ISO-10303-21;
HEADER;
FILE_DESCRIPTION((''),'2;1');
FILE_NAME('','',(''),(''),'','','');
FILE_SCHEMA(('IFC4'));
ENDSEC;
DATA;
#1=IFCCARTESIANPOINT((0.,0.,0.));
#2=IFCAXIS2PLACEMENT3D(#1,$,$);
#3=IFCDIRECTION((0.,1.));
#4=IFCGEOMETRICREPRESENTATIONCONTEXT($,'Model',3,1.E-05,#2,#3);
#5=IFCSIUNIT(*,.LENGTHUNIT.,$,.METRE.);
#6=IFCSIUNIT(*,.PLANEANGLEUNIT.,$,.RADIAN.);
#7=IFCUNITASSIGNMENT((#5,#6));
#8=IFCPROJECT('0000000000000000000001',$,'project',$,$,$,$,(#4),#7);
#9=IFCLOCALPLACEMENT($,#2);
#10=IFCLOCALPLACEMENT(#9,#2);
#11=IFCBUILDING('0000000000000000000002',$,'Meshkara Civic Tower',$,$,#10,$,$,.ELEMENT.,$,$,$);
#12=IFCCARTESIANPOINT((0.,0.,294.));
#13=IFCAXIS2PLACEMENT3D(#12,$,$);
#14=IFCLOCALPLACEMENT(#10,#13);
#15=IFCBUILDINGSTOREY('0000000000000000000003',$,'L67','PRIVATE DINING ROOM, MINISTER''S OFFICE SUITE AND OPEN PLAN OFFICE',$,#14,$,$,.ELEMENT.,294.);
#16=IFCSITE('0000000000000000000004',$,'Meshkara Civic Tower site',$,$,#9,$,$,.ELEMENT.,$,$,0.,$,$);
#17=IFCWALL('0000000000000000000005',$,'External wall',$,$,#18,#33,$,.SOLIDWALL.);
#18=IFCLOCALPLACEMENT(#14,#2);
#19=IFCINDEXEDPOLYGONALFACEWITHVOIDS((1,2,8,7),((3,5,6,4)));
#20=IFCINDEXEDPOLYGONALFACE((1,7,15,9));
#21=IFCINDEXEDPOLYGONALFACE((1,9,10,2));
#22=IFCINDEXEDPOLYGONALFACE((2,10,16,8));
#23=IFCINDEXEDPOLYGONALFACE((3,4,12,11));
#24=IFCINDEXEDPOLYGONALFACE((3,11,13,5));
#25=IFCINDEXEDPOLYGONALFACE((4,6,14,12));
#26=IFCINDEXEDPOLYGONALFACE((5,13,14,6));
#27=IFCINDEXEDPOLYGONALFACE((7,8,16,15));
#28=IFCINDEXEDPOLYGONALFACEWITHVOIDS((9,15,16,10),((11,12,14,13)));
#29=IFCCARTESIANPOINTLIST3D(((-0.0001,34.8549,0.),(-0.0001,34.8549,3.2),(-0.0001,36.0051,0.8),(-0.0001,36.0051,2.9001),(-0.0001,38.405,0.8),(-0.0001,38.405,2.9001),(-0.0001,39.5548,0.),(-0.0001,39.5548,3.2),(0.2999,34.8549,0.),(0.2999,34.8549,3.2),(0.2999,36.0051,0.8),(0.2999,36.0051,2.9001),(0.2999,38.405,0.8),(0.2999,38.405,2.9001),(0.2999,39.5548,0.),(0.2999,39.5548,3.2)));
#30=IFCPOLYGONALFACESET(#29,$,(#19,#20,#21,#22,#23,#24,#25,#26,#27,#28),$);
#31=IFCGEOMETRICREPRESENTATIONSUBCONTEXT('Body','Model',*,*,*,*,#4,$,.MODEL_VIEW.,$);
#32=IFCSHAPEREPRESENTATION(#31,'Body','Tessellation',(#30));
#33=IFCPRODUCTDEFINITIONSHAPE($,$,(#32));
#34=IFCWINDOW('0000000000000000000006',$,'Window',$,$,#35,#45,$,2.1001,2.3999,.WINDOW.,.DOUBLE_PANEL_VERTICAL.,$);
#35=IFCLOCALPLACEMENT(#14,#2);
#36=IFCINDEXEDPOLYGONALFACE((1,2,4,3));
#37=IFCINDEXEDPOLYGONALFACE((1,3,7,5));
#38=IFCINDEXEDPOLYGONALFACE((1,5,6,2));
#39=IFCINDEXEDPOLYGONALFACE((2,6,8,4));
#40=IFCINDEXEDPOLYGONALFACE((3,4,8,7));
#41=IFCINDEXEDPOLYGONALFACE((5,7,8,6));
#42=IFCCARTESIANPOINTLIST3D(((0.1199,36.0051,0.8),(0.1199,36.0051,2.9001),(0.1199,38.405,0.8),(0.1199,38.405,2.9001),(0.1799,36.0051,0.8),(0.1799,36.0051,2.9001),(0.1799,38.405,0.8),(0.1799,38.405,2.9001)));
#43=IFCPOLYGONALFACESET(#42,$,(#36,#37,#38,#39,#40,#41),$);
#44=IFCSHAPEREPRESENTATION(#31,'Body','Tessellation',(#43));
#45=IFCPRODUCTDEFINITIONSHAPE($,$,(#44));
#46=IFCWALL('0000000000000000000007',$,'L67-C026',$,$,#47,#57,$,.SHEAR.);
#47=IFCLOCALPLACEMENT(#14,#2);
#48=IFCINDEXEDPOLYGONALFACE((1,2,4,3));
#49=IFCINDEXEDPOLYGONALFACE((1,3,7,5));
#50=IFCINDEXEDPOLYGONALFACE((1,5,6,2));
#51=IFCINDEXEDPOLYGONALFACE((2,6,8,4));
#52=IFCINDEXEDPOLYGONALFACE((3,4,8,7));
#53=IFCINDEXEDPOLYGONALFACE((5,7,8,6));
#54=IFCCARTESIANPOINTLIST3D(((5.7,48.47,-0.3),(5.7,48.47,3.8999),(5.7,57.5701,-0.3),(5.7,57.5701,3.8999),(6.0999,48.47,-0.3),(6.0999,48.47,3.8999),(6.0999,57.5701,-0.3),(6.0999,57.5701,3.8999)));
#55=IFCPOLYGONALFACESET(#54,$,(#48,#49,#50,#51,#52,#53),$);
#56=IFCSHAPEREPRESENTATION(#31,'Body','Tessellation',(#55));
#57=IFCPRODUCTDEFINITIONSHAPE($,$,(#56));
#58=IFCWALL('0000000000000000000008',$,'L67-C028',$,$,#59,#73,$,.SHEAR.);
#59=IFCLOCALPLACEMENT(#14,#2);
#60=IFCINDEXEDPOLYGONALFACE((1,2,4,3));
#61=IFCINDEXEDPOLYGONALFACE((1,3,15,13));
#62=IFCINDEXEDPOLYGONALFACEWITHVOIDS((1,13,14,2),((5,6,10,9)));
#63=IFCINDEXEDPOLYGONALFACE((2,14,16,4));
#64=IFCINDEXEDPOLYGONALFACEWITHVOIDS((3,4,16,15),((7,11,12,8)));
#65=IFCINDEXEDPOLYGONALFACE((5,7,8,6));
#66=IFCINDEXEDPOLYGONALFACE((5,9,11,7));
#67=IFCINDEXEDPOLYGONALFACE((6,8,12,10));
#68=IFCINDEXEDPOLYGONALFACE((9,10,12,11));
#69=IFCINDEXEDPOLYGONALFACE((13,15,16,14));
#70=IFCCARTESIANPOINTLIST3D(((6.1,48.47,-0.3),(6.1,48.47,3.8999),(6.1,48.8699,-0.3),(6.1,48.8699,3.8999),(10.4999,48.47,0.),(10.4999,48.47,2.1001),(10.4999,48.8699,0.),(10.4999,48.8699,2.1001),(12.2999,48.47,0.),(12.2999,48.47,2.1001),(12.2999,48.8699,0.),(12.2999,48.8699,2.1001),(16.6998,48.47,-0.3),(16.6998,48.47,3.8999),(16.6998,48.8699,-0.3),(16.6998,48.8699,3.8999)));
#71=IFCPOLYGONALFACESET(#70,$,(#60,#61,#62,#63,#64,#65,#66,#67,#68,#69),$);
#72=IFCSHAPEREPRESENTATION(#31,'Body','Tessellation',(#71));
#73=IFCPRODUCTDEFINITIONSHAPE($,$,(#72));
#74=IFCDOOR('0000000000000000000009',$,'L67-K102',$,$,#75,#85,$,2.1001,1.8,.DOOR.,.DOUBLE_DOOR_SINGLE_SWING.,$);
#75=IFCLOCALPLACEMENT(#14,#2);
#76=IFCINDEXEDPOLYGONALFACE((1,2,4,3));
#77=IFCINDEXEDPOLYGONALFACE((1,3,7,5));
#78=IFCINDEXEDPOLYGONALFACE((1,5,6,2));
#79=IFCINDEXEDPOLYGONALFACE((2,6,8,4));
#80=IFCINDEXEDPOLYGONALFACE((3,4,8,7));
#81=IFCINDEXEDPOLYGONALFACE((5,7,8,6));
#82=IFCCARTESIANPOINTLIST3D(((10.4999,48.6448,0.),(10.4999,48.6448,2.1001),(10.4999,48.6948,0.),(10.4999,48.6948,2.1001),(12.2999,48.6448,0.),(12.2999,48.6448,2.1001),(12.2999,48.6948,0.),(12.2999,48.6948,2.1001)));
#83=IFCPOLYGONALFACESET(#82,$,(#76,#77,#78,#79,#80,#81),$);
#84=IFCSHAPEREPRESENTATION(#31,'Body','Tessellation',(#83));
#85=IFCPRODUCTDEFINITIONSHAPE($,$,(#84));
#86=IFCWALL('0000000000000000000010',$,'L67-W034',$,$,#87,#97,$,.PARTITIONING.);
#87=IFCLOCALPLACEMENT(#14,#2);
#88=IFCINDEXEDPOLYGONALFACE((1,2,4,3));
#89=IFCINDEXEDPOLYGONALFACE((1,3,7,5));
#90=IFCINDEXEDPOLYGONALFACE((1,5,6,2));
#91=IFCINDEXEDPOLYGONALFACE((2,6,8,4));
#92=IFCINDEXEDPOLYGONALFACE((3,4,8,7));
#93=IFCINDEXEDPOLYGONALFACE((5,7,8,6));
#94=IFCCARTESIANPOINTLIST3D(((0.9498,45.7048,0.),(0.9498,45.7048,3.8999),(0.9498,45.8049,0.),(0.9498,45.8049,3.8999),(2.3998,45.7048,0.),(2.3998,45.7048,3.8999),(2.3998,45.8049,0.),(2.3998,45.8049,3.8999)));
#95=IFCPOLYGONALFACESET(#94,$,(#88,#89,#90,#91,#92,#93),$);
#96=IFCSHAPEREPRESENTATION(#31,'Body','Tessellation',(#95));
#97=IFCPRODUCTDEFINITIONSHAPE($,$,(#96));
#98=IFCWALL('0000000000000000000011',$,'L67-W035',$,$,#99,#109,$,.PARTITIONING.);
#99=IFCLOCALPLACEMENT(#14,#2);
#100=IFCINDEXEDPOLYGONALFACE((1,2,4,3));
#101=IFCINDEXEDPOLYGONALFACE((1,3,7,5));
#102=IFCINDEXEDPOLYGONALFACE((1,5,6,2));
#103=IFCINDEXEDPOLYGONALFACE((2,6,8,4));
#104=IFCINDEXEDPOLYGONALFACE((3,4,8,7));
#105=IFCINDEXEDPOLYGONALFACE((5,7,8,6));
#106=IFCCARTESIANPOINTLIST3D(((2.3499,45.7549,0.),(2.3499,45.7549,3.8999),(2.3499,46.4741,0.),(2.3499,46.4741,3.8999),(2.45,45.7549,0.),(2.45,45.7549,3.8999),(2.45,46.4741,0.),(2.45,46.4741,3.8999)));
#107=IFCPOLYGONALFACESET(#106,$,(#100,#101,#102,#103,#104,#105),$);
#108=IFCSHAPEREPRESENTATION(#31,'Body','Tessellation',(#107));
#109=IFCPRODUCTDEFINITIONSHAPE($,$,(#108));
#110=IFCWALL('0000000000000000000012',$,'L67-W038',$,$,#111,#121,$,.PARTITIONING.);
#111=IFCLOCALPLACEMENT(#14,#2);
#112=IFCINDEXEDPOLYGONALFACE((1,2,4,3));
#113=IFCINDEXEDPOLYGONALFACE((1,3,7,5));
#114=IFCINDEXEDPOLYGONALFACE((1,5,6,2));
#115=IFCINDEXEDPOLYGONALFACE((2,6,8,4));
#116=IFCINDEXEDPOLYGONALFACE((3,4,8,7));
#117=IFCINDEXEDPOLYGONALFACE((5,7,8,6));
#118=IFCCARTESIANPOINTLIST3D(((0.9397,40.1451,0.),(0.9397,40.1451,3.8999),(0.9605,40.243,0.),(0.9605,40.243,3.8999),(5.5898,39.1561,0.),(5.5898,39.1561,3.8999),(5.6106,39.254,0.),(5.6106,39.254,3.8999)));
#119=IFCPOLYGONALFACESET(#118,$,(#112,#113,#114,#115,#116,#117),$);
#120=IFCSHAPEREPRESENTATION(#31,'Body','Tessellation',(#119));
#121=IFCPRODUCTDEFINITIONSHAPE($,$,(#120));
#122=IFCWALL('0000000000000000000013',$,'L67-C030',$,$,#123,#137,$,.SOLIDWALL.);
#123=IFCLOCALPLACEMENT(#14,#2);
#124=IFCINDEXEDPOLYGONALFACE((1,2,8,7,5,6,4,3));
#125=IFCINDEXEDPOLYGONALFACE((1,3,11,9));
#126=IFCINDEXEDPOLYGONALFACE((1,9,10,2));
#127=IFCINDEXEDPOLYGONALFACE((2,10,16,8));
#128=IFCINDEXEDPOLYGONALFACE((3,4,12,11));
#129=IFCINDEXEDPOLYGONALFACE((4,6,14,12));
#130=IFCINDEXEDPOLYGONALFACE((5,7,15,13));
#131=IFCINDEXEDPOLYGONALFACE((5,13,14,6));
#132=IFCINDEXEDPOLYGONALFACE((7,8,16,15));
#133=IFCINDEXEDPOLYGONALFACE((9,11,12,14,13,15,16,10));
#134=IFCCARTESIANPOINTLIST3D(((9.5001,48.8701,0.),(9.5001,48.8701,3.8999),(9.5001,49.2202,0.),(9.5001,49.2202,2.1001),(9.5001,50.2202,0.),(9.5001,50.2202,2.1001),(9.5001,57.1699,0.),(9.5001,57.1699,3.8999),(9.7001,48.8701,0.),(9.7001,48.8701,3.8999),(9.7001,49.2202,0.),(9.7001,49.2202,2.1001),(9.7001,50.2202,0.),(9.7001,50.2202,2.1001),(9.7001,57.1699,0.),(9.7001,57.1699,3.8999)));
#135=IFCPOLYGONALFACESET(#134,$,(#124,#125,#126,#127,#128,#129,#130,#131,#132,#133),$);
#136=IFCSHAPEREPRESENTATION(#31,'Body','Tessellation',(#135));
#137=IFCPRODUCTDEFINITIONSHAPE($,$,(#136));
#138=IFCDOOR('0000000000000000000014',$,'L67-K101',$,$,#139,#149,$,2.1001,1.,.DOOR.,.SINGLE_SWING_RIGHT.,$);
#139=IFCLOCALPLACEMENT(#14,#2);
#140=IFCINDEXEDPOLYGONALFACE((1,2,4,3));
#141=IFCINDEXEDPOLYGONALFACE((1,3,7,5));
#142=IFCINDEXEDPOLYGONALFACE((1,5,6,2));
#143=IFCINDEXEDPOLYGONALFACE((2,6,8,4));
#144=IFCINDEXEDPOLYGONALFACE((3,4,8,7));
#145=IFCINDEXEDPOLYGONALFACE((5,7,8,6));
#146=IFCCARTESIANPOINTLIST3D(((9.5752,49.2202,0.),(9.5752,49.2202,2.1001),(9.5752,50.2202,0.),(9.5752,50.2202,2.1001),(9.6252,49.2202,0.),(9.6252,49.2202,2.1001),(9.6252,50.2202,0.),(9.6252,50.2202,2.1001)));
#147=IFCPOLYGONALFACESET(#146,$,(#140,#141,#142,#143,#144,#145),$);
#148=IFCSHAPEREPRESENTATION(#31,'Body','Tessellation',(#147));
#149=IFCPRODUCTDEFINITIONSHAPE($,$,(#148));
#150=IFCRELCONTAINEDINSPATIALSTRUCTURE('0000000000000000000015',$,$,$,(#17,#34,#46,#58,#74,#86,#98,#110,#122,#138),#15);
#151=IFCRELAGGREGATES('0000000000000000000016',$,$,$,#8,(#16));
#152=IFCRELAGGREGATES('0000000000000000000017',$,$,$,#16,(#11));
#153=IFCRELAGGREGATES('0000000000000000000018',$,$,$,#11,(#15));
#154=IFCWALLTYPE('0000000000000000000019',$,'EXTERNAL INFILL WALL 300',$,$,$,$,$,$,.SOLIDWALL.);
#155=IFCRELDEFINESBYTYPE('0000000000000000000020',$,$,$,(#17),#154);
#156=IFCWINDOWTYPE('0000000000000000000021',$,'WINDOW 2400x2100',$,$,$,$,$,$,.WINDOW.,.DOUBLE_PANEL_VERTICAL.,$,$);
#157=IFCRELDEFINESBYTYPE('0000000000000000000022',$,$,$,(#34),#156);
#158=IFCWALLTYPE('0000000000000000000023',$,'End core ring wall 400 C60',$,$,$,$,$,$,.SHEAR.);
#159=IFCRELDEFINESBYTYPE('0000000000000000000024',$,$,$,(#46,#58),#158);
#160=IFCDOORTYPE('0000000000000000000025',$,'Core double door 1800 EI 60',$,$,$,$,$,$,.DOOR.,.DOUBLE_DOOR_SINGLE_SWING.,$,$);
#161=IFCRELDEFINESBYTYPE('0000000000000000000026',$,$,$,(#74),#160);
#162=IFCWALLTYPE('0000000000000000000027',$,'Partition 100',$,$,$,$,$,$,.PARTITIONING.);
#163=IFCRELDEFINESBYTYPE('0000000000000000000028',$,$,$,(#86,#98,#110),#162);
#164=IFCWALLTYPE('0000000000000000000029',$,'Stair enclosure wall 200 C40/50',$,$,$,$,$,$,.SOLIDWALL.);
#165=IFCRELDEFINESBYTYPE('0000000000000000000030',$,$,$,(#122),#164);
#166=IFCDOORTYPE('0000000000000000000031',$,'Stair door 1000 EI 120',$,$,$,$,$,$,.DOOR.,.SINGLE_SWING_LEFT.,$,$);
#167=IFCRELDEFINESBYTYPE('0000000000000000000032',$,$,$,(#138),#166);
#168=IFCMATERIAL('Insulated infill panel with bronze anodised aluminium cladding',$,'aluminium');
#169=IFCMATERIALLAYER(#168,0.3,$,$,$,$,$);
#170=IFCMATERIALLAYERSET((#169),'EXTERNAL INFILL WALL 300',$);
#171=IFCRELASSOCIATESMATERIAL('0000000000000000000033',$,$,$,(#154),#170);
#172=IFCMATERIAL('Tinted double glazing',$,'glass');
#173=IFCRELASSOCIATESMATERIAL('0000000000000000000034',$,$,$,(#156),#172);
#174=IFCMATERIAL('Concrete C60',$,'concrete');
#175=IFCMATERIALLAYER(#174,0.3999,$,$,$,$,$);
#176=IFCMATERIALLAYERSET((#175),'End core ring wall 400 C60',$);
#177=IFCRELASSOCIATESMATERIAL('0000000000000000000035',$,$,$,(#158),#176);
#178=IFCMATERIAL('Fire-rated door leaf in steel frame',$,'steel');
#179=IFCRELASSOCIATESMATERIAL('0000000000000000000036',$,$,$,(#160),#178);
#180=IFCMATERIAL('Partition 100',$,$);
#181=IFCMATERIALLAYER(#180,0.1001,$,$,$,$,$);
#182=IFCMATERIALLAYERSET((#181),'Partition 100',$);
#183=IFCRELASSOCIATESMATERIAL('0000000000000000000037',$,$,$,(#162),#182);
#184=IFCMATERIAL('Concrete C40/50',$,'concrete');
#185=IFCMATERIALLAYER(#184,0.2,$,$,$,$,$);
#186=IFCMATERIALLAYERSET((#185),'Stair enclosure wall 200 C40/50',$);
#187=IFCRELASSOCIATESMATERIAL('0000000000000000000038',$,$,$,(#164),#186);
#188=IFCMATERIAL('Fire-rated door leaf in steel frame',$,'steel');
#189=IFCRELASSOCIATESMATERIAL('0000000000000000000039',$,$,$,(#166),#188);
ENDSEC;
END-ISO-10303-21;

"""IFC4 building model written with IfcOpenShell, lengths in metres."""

from ifc_helpers import new_model, si_unit, direction, frame, frame_2d, origin, place, context, subcontext, project, spatial, rectangle, extrude, material, layer, layer_set, type_object, element, fill, save


model = new_model("IFC4")

# Units and contexts
model_context = context("Model", 3, precision=1e-05, world=origin(), true_north=direction((0.0, 1.0)))
body_context = subcontext(model_context, "Body", "Model", "MODEL_VIEW")
ifc_project = project(units=[si_unit("LENGTHUNIT", "METRE"), si_unit("PLANEANGLEUNIT", "RADIAN")], contexts=[model_context])

# Site, building, storey
site_placement = place(None, origin())
site = spatial("IfcSite", under=ifc_project, at=site_placement, Name="Meshkara Civic Tower site", CompositionType="ELEMENT", RefElevation=0.0)
building_placement = place(site_placement, origin())
building = spatial("IfcBuilding", under=site, at=building_placement, Name="Meshkara Civic Tower", CompositionType="ELEMENT")
storey_placement = place(building_placement, frame((0.0, 0.0, 294.0)))
storey = spatial("IfcBuildingStorey", under=building, at=storey_placement, Name="L67", Description="PRIVATE DINING ROOM, MINISTER'S OFFICE SUITE AND OPEN PLAN OFFICE", CompositionType="ELEMENT", Elevation=294.0)

# Wall, opening, window
ifc_material_1 = material(Name="Insulated infill panel with bronze anodised aluminium cladding", Category="aluminium")
ifc_layer_1 = layer(ifc_material_1, 0.3)
ifc_layer_set_1 = layer_set([ifc_layer_1], Name="EXTERNAL INFILL WALL 300")
wall_type_1 = type_object("IfcWallType", Name="EXTERNAL INFILL WALL 300", PredefinedType="SOLIDWALL", material=ifc_layer_set_1)
ifc_material_2 = material(Name="Tinted double glazing", Category="glass")
window_type = type_object("IfcWindowType", Name="WINDOW 2400x2100", PartitioningType="DOUBLE_PANEL_VERTICAL", PredefinedType="WINDOW", material=ifc_material_2)
wall_1_placement = place(storey_placement, frame((0.1499, 39.5549, 0.0), z_axis=(0.0, 0.0, 1.0), x_axis=(0.0, -1.0, 0.0)))
wall_1 = element("IfcWall", 1, at=wall_1_placement, inside=storey, type_object=wall_type_1, Name="External wall", PredefinedType="SOLIDWALL", context=body_context, shape_type="SweptSolid", body=[
    extrude(rectangle(XDim=4.7, YDim=0.3, at=frame_2d((2.3501, 0.0))), origin(), (0.0, 0.0, 1.0), 3.2),
])
opening_1_placement = place(wall_1_placement, frame((1.1499, 0.0, 0.8)))
opening_1 = element("IfcOpeningElement", 2, at=opening_1_placement, cuts=wall_1, PredefinedType="OPENING", context=body_context, shape_type="SweptSolid", body=[
    extrude(rectangle(XDim=2.3999, YDim=2.1001, at=frame_2d((1.2, 1.05))), frame((0.0, 0.1599, 0.0), z_axis=(0.0, -1.0, 0.0), x_axis=(1.0, 0.0, 0.0)), (0.0, 0.0, 1.0), 0.3201),
])
window_1_placement = place(opening_1_placement, origin())
window_1 = element("IfcWindow", 3, at=window_1_placement, inside=storey, type_object=window_type, Name="Window", OverallHeight=2.1001, OverallWidth=2.3999, PartitioningType="DOUBLE_PANEL_VERTICAL", PredefinedType="WINDOW", context=body_context, shape_type="SweptSolid", body=[
    extrude(rectangle(XDim=2.3999, YDim=2.1001, at=frame_2d((1.2, 1.05))), frame((0.0, 0.03, 0.0), z_axis=(0.0, -1.0, 0.0), x_axis=(1.0, 0.0, 0.0)), (0.0, 0.0, 1.0), 0.0601),
])
fill(opening_1, window_1)

# Wall
ifc_material_3 = material(Name="Concrete C60", Category="concrete")
ifc_layer_2 = layer(ifc_material_3, 0.3999)
ifc_layer_set_2 = layer_set([ifc_layer_2], Name="End core ring wall 400 C60")
wall_type_2 = type_object("IfcWallType", Name="End core ring wall 400 C60", PredefinedType="SHEAR", material=ifc_layer_set_2)
wall_2_placement = place(storey_placement, frame((5.8999, 48.47, -0.3), z_axis=(0.0, 0.0, 1.0), x_axis=(0.0, 1.0, 0.0)))
element("IfcWall", 4, at=wall_2_placement, inside=storey, type_object=wall_type_2, Name="L67-C026", PredefinedType="SHEAR", context=body_context, shape_type="SweptSolid", body=[
    extrude(rectangle(XDim=9.1001, YDim=0.3999, at=frame_2d((4.55, 0.0))), origin(), (0.0, 0.0, 1.0), 4.2),
])

# Wall, opening, door
wall_3_placement = place(storey_placement, frame((6.1001, 48.6699, -0.3), z_axis=(0.0, 0.0, 1.0), x_axis=(1.0, 0.0, 0.0)))
wall_3 = element("IfcWall", 5, at=wall_3_placement, inside=storey, type_object=wall_type_2, Name="L67-C028", PredefinedType="SHEAR", context=body_context, shape_type="SweptSolid", body=[
    extrude(rectangle(XDim=10.5999, YDim=0.3999, at=frame_2d((5.2998, 0.0))), origin(), (0.0, 0.0, 1.0), 4.2),
])
opening_2_placement = place(wall_3_placement, frame((4.3999, 0.0, 0.3)))
opening_2 = element("IfcOpeningElement", 6, at=opening_2_placement, cuts=wall_3, PredefinedType="OPENING", context=body_context, shape_type="SweptSolid", body=[
    extrude(rectangle(XDim=1.8, YDim=2.1001, at=frame_2d((0.8999, 1.05))), frame((0.0, 0.21, 0.0), z_axis=(0.0, -1.0, 0.0), x_axis=(1.0, 0.0, 0.0)), (0.0, 0.0, 1.0), 0.4199),
])
ifc_material_4 = material(Name="Fire-rated door leaf in steel frame", Category="steel")
door_type_1 = type_object("IfcDoorType", Name="Core double door 1800 EI 60", OperationType="DOUBLE_DOOR_SINGLE_SWING", PredefinedType="DOOR", material=ifc_material_4)
door_1_placement = place(opening_2_placement, origin())
door_1 = element("IfcDoor", 7, at=door_1_placement, inside=storey, type_object=door_type_1, Name="L67-K102", OperationType="DOUBLE_DOOR_SINGLE_SWING", OverallHeight=2.1001, OverallWidth=1.8, PredefinedType="DOOR", context=body_context, shape_type="SweptSolid", body=[
    extrude(rectangle(XDim=1.8, YDim=2.1001, at=frame_2d((0.8999, 1.05))), frame((0.0, 0.0249, 0.0), z_axis=(0.0, -1.0, 0.0), x_axis=(1.0, 0.0, 0.0)), (0.0, 0.0, 1.0), 0.05),
])
fill(opening_2, door_1)

# Walls
ifc_material_5 = material(Name="Partition 100")
ifc_layer_3 = layer(ifc_material_5, 0.1001)
ifc_layer_set_3 = layer_set([ifc_layer_3], Name="Partition 100")
wall_type_3 = type_object("IfcWallType", Name="Partition 100", PredefinedType="PARTITIONING", material=ifc_layer_set_3)
wall_4_placement = place(storey_placement, frame((2.3999, 45.7549, 0.0), z_axis=(0.0, 0.0, 1.0), x_axis=(-1.0, 0.0, 0.0)))
element("IfcWall", 8, at=wall_4_placement, inside=storey, type_object=wall_type_3, Name="L67-W034", PredefinedType="PARTITIONING", context=body_context, shape_type="SweptSolid", body=[
    extrude(rectangle(XDim=1.45, YDim=0.1001, at=frame_2d((0.7251, 0.0))), origin(), (0.0, 0.0, 1.0), 3.8999),
])
wall_5_placement = place(storey_placement, frame((2.3999, 46.4741, 0.0), z_axis=(0.0, 0.0, 1.0), x_axis=(0.0, -1.0, 0.0)))
element("IfcWall", 9, at=wall_5_placement, inside=storey, type_object=wall_type_3, Name="L67-W035", PredefinedType="PARTITIONING", context=body_context, shape_type="SweptSolid", body=[
    extrude(rectangle(XDim=0.7192, YDim=0.1001, at=frame_2d((0.3596, 0.0))), origin(), (0.0, 0.0, 1.0), 3.8999),
])
wall_6_placement = place(storey_placement, frame((5.6001, 39.2051, 0.0), z_axis=(0.0, 0.0, 1.0), x_axis=(-0.978122, 0.208031, 0.0)))
element("IfcWall", 10, at=wall_6_placement, inside=storey, type_object=wall_type_3, Name="L67-W038", PredefinedType="PARTITIONING", context=body_context, shape_type="SweptSolid", body=[
    extrude(rectangle(XDim=4.7542, YDim=0.1001, at=frame_2d((2.377, 0.0))), origin(), (0.0, 0.0, 1.0), 3.8999),
])

# Wall, opening, door
ifc_material_6 = material(Name="Concrete C40/50", Category="concrete")
ifc_layer_4 = layer(ifc_material_6, 0.2)
ifc_layer_set_4 = layer_set([ifc_layer_4], Name="Stair enclosure wall 200 C40/50")
wall_type_4 = type_object("IfcWallType", Name="Stair enclosure wall 200 C40/50", PredefinedType="SOLIDWALL", material=ifc_layer_set_4)
wall_7_placement = place(storey_placement, frame((9.6001, 48.8701, 0.0), z_axis=(0.0, 0.0, 1.0), x_axis=(0.0, 1.0, 0.0)))
wall_7 = element("IfcWall", 11, at=wall_7_placement, inside=storey, type_object=wall_type_4, Name="L67-C030", PredefinedType="SOLIDWALL", context=body_context, shape_type="SweptSolid", body=[
    extrude(rectangle(XDim=8.2998, YDim=0.2, at=frame_2d((4.1499, 0.0))), origin(), (0.0, 0.0, 1.0), 3.8999),
])
opening_3_placement = place(wall_7_placement, frame((0.3501, 0.0, 0.0)))
opening_3 = element("IfcOpeningElement", 12, at=opening_3_placement, cuts=wall_7, PredefinedType="OPENING", context=body_context, shape_type="SweptSolid", body=[
    extrude(rectangle(XDim=1.0, YDim=2.1001, at=frame_2d((0.5, 1.05))), frame((0.0, 0.1099, 0.0), z_axis=(0.0, -1.0, 0.0), x_axis=(1.0, 0.0, 0.0)), (0.0, 0.0, 1.0), 0.22),
])
ifc_material_7 = material(Name="Fire-rated door leaf in steel frame", Category="steel")
door_type_2 = type_object("IfcDoorType", Name="Stair door 1000 EI 120", OperationType="SINGLE_SWING_LEFT", PredefinedType="DOOR", material=ifc_material_7)
door_2_placement = place(opening_3_placement, origin())
door_2 = element("IfcDoor", 13, at=door_2_placement, inside=storey, type_object=door_type_2, Name="L67-K101", OperationType="SINGLE_SWING_RIGHT", OverallHeight=2.1001, OverallWidth=1.0, PredefinedType="DOOR", context=body_context, shape_type="SweptSolid", body=[
    extrude(rectangle(XDim=1.0, YDim=2.1001, at=frame_2d((0.5, 1.05))), frame((0.0, 0.0249, 0.0), z_axis=(0.0, -1.0, 0.0), x_axis=(1.0, 0.0, 0.0)), (0.0, 0.0, 1.0), 0.05),
])
fill(opening_3, door_2)

save(model, "model.ifc")
